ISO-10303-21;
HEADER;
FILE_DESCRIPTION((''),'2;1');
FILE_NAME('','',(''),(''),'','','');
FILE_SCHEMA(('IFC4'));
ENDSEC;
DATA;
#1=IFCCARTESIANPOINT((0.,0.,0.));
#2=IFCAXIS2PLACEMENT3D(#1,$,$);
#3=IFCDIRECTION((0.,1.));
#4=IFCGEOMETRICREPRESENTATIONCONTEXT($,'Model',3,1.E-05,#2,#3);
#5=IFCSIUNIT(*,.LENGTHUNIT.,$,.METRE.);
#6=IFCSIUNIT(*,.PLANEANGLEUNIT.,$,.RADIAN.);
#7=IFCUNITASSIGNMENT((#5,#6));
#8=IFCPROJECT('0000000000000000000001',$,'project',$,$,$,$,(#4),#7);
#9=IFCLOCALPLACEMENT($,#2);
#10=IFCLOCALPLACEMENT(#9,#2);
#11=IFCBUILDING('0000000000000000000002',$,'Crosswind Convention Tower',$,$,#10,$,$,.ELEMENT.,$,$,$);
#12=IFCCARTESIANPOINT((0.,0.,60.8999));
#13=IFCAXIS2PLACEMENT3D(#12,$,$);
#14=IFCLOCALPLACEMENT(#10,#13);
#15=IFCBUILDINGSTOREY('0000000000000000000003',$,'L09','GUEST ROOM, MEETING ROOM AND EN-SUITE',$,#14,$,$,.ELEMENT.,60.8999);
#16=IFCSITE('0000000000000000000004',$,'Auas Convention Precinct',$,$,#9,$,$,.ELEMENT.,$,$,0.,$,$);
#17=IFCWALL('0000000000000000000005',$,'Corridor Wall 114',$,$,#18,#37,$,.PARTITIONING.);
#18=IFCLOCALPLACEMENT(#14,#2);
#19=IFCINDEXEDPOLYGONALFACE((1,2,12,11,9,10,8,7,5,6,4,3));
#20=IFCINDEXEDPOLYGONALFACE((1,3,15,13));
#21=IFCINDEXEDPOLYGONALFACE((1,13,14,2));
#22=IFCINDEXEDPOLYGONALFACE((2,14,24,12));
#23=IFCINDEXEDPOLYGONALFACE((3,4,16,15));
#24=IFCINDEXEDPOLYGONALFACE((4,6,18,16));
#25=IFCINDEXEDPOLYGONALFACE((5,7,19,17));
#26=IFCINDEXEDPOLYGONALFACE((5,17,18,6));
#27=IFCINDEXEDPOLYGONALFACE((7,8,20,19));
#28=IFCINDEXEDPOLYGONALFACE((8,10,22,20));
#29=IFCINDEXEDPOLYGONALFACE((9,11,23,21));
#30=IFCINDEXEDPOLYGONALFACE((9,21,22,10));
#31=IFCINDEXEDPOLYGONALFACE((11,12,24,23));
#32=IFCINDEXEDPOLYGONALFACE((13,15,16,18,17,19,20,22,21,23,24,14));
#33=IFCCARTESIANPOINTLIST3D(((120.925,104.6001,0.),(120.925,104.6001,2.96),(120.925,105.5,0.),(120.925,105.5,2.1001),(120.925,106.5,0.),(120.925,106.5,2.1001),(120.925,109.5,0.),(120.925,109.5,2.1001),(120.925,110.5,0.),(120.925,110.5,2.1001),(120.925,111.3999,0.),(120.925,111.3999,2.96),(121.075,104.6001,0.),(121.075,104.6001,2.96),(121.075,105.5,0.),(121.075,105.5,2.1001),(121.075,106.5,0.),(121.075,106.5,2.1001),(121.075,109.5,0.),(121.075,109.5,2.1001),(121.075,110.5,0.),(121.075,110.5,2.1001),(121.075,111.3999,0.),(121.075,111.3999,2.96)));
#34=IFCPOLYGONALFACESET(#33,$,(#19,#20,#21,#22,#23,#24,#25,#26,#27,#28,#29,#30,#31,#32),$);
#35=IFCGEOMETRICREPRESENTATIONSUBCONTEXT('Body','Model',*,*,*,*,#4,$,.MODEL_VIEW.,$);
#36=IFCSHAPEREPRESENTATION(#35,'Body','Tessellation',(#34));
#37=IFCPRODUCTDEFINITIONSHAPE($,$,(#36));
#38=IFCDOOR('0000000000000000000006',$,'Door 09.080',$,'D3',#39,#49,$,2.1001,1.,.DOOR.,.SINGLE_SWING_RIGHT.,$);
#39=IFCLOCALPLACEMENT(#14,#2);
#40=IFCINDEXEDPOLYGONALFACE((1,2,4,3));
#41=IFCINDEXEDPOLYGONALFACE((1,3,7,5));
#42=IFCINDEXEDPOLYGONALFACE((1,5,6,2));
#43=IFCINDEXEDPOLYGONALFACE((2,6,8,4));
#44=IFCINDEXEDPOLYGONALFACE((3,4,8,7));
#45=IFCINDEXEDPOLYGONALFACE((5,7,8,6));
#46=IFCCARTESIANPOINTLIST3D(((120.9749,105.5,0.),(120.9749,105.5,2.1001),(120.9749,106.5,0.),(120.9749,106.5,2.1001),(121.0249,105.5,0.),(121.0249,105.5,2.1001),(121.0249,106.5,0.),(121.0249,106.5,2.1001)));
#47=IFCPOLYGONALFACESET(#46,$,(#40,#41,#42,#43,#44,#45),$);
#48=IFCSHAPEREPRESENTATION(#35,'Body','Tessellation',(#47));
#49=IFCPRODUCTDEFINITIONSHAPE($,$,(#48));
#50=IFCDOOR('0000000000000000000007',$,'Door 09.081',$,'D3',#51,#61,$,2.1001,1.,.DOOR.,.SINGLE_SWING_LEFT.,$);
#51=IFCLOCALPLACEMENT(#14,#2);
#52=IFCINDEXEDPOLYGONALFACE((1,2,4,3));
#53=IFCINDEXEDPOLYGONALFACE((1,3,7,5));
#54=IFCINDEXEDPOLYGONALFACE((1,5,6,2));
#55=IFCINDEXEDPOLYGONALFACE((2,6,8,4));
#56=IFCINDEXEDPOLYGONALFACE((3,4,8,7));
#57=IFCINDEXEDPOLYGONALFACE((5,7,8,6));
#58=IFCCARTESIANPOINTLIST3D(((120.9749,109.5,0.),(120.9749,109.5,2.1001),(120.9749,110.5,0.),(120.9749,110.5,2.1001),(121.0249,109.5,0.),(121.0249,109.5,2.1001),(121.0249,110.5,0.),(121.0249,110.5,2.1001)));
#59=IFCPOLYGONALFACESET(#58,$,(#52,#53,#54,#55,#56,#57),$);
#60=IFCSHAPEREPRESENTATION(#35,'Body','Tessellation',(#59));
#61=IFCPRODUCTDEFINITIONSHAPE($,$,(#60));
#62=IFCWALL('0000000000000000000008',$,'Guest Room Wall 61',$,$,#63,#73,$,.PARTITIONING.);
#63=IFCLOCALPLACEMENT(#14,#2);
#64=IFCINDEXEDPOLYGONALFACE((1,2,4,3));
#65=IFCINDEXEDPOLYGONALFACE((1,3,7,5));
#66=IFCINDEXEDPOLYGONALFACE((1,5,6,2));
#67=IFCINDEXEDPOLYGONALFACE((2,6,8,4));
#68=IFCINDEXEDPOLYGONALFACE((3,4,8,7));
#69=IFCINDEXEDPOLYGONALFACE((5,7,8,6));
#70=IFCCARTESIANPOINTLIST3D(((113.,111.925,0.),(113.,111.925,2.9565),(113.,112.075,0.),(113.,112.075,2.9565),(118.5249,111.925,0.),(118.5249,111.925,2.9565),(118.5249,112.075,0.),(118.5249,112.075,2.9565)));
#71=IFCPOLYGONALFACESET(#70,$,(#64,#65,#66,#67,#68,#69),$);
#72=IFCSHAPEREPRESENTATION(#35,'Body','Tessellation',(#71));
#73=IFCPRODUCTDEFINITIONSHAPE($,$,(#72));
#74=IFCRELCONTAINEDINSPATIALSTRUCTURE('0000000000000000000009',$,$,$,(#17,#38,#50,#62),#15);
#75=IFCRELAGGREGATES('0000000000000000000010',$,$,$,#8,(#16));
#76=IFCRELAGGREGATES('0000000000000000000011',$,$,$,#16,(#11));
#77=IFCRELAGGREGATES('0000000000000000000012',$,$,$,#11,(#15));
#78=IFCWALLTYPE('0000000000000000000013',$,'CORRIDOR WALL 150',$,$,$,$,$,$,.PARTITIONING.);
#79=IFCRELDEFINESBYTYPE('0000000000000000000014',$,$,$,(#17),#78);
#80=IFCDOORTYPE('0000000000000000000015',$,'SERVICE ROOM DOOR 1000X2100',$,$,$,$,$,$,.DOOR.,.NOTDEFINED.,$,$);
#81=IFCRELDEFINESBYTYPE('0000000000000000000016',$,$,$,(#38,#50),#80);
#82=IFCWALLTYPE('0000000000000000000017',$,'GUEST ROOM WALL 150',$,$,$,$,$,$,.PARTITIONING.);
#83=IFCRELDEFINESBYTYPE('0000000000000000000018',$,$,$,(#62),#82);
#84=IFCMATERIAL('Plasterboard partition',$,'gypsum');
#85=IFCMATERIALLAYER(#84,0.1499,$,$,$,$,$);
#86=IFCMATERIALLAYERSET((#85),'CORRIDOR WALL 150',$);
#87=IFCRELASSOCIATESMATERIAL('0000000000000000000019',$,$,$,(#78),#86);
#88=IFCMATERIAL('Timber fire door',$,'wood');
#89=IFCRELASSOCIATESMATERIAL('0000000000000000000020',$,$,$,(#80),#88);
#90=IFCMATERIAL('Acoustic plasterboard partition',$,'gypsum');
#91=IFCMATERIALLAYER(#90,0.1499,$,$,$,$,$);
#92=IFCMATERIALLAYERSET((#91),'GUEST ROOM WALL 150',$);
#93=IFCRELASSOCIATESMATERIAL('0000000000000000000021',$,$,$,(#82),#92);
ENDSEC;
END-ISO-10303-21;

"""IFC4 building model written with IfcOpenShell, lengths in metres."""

from ifc_helpers import new_model, si_unit, direction, frame, frame_2d, origin, place, context, subcontext, project, spatial, rectangle, extrude, material, layer, layer_set, type_object, element, fill, save


model = new_model("IFC4")

# Units and contexts
model_context = context("Model", 3, precision=1e-05, world=origin(), true_north=direction((0.0, 1.0)))
body_context = subcontext(model_context, "Body", "Model", "MODEL_VIEW")
ifc_project = project(units=[si_unit("LENGTHUNIT", "METRE"), si_unit("PLANEANGLEUNIT", "RADIAN")], contexts=[model_context])

# Site, building, storey
site_placement = place(None, origin())
site = spatial("IfcSite", under=ifc_project, at=site_placement, Name="Auas Convention Precinct", CompositionType="ELEMENT", RefElevation=0.0)
building_placement = place(site_placement, origin())
building = spatial("IfcBuilding", under=site, at=building_placement, Name="Crosswind Convention Tower", CompositionType="ELEMENT")
storey_placement = place(building_placement, frame((0.0, 0.0, 60.8999)))
storey = spatial("IfcBuildingStorey", under=building, at=storey_placement, Name="L09", Description="GUEST ROOM, MEETING ROOM AND EN-SUITE", CompositionType="ELEMENT", Elevation=60.8999)

# Shared definitions
ifc_material_1 = material(Name="Plasterboard partition", Category="gypsum")
ifc_layer_1 = layer(ifc_material_1, 0.1499)
ifc_layer_set_1 = layer_set([ifc_layer_1], Name="CORRIDOR WALL 150")
wall_type_1 = type_object("IfcWallType", Name="CORRIDOR WALL 150", PredefinedType="PARTITIONING", material=ifc_layer_set_1)

# Shared definitions
ifc_material_2 = material(Name="Timber fire door", Category="wood")
door_type_1 = type_object("IfcDoorType", Name="SERVICE ROOM DOOR 1000X2100", OperationType="NOTDEFINED", PredefinedType="DOOR", material=ifc_material_2)

# Wall, openings, doors
wall_1_placement = place(storey_placement, frame((121.0, 104.6001, 0.0), z_axis=(0.0, 0.0, 1.0), x_axis=(0.0, 1.0, 0.0)))
wall_1 = element("IfcWall", 1, at=wall_1_placement, inside=storey, type_object=wall_type_1, Name="Corridor Wall 114", PredefinedType="PARTITIONING", context=body_context, shape_type="SweptSolid", body=[
    extrude(rectangle(XDim=6.7998, YDim=0.1499, at=frame_2d((3.3999, 0.0))), origin(), (0.0, 0.0, 1.0), 2.96),
])
opening_1_placement = place(wall_1_placement, frame((0.8999, 0.0, 0.0)))
opening_1 = element("IfcOpeningElement", 2, at=opening_1_placement, cuts=wall_1, PredefinedType="OPENING", context=body_context, shape_type="SweptSolid", body=[
    extrude(rectangle(XDim=1.0, YDim=2.1001, at=frame_2d((0.5, 1.05))), frame((0.0, 0.085, 0.0), z_axis=(0.0, -1.0, 0.0), x_axis=(1.0, 0.0, 0.0)), (0.0, 0.0, 1.0), 0.1699),
])
opening_2_placement = place(wall_1_placement, frame((4.8999, 0.0, 0.0)))
opening_2 = element("IfcOpeningElement", 3, at=opening_2_placement, cuts=wall_1, PredefinedType="OPENING", context=body_context, shape_type="SweptSolid", body=[
    extrude(rectangle(XDim=1.0, YDim=2.1001, at=frame_2d((0.5, 1.05))), frame((0.0, 0.085, 0.0), z_axis=(0.0, -1.0, 0.0), x_axis=(1.0, 0.0, 0.0)), (0.0, 0.0, 1.0), 0.1699),
])
door_1_placement = place(opening_1_placement, frame((1.0, 0.0, 0.0), z_axis=(0.0, 0.0, 1.0), x_axis=(-1.0, 0.0, 0.0)))
door_1 = element("IfcDoor", 4, at=door_1_placement, inside=storey, type_object=door_type_1, Name="Door 09.080", ObjectType="D3", OperationType="SINGLE_SWING_RIGHT", OverallHeight=2.1001, OverallWidth=1.0, PredefinedType="DOOR", context=body_context, shape_type="SweptSolid", body=[
    extrude(rectangle(XDim=1.0, YDim=2.1001, at=frame_2d((0.5, 1.05))), frame((0.0, 0.0249, 0.0), z_axis=(0.0, -1.0, 0.0), x_axis=(1.0, 0.0, 0.0)), (0.0, 0.0, 1.0), 0.05),
])
fill(opening_1, door_1)
door_2_placement = place(opening_2_placement, frame((1.0, 0.0, 0.0), z_axis=(0.0, 0.0, 1.0), x_axis=(-1.0, 0.0, 0.0)))
door_2 = element("IfcDoor", 5, at=door_2_placement, inside=storey, type_object=door_type_1, Name="Door 09.081", ObjectType="D3", OperationType="SINGLE_SWING_LEFT", OverallHeight=2.1001, OverallWidth=1.0, PredefinedType="DOOR", context=body_context, shape_type="SweptSolid", body=[
    extrude(rectangle(XDim=1.0, YDim=2.1001, at=frame_2d((0.5, 1.05))), frame((0.0, 0.0249, 0.0), z_axis=(0.0, -1.0, 0.0), x_axis=(1.0, 0.0, 0.0)), (0.0, 0.0, 1.0), 0.05),
])
fill(opening_2, door_2)

# Wall
ifc_material_3 = material(Name="Acoustic plasterboard partition", Category="gypsum")
ifc_layer_2 = layer(ifc_material_3, 0.1499)
ifc_layer_set_2 = layer_set([ifc_layer_2], Name="GUEST ROOM WALL 150")
wall_type_2 = type_object("IfcWallType", Name="GUEST ROOM WALL 150", PredefinedType="PARTITIONING", material=ifc_layer_set_2)
wall_2_placement = place(storey_placement, frame((113.0, 112.0, 0.0), z_axis=(0.0, 0.0, 1.0), x_axis=(1.0, 0.0, 0.0)))
element("IfcWall", 6, at=wall_2_placement, inside=storey, type_object=wall_type_2, Name="Guest Room Wall 61", PredefinedType="PARTITIONING", context=body_context, shape_type="SweptSolid", body=[
    extrude(rectangle(XDim=5.5249, YDim=0.1499, at=frame_2d((2.7625, 0.0))), origin(), (0.0, 0.0, 1.0), 2.9565),
])

save(model, "model.ifc")
